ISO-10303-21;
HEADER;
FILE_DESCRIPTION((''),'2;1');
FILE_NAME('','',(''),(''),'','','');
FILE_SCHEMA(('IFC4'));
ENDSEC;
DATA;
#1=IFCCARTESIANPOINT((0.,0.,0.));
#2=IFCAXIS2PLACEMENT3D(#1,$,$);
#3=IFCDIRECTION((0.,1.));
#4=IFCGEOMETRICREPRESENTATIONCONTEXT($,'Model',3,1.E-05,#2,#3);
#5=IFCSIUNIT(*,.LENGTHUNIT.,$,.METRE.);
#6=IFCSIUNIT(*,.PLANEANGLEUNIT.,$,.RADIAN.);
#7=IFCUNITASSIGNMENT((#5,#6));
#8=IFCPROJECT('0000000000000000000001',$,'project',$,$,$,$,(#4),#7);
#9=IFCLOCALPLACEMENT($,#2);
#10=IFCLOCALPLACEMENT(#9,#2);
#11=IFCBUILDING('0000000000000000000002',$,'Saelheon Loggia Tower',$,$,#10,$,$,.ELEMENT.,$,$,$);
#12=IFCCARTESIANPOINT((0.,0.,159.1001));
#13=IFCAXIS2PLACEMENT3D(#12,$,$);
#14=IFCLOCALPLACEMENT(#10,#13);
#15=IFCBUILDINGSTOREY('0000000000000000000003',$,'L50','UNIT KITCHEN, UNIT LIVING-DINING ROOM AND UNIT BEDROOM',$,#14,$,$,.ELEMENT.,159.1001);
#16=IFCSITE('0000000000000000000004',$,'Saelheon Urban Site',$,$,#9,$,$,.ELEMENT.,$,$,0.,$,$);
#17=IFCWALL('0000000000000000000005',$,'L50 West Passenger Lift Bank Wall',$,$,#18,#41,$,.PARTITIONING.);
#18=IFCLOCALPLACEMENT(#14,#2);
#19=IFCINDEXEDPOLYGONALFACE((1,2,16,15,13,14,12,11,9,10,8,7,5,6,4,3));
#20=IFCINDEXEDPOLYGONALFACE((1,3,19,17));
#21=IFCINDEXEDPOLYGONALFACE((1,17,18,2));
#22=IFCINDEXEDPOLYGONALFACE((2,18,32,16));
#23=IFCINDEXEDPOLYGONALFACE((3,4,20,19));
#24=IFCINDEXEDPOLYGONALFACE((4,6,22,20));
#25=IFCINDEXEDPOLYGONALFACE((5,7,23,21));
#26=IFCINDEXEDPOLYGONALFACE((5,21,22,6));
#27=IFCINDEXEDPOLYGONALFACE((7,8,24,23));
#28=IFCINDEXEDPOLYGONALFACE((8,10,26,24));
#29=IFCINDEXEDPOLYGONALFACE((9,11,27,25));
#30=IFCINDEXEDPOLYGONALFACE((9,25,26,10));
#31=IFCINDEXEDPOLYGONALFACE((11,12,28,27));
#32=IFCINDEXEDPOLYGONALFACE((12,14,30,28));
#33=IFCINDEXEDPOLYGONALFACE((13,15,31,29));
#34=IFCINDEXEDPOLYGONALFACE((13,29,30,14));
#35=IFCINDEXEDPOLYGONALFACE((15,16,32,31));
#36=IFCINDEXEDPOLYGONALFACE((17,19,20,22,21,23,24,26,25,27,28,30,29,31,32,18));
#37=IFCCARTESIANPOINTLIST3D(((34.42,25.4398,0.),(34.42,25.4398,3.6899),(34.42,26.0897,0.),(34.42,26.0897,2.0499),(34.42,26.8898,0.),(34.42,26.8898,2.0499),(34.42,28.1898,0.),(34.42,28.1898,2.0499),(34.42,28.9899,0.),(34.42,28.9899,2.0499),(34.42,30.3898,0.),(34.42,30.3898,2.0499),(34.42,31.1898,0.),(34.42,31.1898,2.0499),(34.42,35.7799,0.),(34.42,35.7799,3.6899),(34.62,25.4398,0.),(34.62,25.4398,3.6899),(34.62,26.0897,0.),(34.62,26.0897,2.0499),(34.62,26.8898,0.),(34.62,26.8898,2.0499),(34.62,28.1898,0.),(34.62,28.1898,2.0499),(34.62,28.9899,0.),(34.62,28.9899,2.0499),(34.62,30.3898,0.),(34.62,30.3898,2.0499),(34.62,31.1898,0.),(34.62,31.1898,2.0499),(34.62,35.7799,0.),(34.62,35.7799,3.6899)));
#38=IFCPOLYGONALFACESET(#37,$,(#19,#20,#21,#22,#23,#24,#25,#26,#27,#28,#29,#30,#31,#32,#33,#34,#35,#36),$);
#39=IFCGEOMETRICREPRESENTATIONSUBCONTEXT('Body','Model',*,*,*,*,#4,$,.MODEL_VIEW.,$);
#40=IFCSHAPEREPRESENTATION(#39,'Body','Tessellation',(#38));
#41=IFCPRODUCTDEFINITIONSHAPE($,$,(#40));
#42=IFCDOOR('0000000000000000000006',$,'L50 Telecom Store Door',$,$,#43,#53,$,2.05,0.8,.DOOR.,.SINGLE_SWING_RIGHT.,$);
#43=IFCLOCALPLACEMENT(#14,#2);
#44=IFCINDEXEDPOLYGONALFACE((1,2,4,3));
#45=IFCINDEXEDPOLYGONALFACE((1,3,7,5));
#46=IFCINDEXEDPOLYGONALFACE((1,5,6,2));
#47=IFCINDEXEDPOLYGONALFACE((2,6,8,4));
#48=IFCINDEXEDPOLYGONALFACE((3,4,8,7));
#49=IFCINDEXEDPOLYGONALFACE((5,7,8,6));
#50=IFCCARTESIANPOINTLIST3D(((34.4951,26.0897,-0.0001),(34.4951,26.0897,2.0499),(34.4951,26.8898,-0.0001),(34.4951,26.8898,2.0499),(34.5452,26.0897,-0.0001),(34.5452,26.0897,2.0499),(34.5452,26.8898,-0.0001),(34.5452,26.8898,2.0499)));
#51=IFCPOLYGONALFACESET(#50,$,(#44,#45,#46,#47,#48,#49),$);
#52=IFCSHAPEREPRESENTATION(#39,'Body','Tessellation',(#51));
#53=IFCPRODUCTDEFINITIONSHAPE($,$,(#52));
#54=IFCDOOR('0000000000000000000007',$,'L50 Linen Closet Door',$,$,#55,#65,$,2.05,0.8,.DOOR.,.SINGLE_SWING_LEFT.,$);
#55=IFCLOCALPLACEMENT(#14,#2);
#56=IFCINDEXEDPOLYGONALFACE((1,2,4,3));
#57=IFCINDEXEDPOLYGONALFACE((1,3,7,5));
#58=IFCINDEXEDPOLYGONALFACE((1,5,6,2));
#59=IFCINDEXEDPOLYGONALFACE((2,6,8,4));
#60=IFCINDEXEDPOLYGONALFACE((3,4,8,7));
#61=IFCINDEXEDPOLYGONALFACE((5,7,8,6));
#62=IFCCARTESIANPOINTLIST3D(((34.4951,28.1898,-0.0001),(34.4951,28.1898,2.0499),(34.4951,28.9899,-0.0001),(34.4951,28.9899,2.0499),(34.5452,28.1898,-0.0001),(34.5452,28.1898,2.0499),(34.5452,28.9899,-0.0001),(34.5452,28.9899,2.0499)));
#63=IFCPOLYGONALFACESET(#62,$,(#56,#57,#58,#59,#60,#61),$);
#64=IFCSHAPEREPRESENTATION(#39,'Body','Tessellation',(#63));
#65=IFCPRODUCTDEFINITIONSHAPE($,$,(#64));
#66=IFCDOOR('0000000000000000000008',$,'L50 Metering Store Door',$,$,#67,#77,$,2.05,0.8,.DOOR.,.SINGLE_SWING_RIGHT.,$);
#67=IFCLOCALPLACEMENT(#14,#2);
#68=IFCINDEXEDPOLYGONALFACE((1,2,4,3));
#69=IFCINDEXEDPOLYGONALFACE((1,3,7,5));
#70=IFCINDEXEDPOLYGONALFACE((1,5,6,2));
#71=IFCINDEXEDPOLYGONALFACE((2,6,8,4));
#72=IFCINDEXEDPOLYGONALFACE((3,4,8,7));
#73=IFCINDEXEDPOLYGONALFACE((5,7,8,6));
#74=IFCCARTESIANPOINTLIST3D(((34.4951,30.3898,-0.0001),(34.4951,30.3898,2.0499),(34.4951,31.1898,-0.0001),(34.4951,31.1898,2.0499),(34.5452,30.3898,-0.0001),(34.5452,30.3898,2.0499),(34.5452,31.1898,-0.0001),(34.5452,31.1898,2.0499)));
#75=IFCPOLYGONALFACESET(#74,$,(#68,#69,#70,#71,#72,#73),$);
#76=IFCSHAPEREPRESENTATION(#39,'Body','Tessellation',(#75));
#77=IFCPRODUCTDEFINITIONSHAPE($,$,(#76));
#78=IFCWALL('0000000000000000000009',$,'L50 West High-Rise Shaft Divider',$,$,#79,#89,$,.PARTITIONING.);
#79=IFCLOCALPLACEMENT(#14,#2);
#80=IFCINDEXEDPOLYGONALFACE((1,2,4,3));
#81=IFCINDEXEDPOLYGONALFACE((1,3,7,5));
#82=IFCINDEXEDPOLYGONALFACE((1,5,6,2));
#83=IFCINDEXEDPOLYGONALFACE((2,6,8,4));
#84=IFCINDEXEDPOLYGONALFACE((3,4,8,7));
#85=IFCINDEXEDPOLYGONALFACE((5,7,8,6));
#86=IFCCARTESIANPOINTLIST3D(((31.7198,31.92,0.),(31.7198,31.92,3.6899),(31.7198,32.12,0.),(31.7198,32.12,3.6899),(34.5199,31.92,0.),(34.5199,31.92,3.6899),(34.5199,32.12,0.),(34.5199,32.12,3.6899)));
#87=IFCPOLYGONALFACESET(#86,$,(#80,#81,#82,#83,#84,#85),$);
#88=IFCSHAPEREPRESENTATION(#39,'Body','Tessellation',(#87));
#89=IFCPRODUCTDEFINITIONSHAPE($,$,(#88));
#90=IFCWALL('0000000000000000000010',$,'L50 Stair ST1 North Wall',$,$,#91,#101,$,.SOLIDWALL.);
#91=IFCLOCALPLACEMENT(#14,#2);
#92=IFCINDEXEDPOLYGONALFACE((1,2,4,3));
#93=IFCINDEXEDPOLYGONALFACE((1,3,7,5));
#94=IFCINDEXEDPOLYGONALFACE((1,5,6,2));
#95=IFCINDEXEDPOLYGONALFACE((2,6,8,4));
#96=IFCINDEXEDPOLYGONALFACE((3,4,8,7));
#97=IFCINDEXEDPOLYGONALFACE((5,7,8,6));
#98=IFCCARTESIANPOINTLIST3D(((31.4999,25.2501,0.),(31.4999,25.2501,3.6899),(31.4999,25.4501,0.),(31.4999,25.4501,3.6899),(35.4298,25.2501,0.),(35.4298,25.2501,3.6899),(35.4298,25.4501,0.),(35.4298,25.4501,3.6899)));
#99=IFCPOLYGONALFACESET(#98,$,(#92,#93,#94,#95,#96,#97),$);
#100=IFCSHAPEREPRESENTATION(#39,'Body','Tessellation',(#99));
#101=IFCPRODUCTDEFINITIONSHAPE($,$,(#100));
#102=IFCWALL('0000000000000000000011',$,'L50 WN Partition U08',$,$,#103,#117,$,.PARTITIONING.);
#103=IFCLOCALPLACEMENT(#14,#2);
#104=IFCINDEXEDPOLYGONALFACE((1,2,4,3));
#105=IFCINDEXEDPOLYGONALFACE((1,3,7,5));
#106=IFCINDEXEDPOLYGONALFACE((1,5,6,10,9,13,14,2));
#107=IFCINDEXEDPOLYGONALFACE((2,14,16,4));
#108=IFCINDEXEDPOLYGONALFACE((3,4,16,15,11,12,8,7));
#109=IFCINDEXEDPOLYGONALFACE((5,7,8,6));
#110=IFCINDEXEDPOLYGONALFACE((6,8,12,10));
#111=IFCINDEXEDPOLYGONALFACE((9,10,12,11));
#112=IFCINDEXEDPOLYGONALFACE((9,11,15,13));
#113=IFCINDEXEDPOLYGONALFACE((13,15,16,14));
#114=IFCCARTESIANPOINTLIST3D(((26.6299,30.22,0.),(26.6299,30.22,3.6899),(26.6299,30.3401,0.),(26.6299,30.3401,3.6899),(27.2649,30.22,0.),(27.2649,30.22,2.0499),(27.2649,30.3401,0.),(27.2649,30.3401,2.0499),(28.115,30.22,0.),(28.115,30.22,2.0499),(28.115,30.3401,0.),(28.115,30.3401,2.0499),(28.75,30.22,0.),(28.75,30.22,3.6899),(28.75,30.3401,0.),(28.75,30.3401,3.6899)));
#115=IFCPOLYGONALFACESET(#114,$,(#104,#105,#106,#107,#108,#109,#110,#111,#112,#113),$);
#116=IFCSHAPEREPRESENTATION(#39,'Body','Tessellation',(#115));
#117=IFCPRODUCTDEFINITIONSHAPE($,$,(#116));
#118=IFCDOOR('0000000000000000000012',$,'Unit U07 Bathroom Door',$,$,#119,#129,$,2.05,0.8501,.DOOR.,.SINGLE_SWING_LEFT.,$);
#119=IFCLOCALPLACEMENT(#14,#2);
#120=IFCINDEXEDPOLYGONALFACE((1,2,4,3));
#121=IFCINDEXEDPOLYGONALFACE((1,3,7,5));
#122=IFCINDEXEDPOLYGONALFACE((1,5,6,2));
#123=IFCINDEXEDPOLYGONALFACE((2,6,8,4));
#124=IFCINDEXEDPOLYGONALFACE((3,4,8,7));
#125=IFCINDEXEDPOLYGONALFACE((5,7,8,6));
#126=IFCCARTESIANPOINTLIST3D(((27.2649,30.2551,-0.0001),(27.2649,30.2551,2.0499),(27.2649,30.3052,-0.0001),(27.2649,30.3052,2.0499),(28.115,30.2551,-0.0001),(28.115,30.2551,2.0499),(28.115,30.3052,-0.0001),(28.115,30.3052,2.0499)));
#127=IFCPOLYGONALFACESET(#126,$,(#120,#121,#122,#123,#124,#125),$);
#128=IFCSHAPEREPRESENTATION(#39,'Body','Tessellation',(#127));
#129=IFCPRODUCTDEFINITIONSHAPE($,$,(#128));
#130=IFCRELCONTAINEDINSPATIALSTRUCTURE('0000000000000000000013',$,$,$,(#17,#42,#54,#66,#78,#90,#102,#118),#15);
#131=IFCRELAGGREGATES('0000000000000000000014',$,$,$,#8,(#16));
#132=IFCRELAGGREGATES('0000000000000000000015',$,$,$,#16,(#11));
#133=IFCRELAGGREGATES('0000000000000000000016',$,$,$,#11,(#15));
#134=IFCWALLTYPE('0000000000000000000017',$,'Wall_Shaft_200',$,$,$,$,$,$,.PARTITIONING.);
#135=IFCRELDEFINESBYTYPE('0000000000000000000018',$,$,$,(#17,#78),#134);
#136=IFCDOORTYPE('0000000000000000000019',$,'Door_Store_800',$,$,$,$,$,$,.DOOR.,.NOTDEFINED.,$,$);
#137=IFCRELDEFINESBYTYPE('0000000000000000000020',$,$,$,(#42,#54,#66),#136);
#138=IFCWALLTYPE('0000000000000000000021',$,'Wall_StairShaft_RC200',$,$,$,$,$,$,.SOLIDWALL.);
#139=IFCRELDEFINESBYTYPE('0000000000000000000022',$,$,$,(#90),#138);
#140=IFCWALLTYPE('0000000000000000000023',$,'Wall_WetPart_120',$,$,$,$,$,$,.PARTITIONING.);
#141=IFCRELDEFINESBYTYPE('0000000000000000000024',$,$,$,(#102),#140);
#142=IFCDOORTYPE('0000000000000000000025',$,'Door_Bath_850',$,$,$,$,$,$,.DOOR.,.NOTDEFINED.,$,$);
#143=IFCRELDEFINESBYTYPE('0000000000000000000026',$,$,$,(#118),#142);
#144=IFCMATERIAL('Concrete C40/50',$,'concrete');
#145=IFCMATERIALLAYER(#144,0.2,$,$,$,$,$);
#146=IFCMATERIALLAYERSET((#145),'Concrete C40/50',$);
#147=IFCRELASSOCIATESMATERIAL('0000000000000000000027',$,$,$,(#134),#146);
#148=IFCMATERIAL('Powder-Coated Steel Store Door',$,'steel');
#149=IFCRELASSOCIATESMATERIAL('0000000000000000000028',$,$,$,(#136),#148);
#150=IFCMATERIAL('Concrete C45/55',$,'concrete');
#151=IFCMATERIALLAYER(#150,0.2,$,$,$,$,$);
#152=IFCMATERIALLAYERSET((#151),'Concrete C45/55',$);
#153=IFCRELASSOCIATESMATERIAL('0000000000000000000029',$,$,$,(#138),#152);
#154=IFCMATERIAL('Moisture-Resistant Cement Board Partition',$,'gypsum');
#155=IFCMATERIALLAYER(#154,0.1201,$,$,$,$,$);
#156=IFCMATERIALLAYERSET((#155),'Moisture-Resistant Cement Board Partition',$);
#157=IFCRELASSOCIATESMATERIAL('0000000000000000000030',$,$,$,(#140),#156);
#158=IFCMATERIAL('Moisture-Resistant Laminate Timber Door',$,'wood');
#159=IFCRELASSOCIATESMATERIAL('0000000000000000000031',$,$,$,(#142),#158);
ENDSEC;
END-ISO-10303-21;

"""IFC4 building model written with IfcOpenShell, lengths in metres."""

from ifc_helpers import new_model, si_unit, direction, frame, frame_2d, origin, place, context, subcontext, project, spatial, rectangle, extrude, source, transform, mapped, material, layer, layer_set, type_object, element, fill, save


model = new_model("IFC4")

# Units and contexts
model_context = context("Model", 3, precision=1e-05, world=origin(), true_north=direction((0.0, 1.0)))
body_context = subcontext(model_context, "Body", "Model", "MODEL_VIEW")
ifc_project = project(units=[si_unit("LENGTHUNIT", "METRE"), si_unit("PLANEANGLEUNIT", "RADIAN")], contexts=[model_context])

# Site, building, storey
site_placement = place(None, origin())
site = spatial("IfcSite", under=ifc_project, at=site_placement, Name="Saelheon Urban Site", CompositionType="ELEMENT", RefElevation=0.0)
building_placement = place(site_placement, origin())
building = spatial("IfcBuilding", under=site, at=building_placement, Name="Saelheon Loggia Tower", CompositionType="ELEMENT")
storey_placement = place(building_placement, frame((0.0, 0.0, 159.1001)))
storey = spatial("IfcBuildingStorey", under=building, at=storey_placement, Name="L50", Description="UNIT KITCHEN, UNIT LIVING-DINING ROOM AND UNIT BEDROOM", CompositionType="ELEMENT", Elevation=159.1001)

# Wall, openings, doors
ifc_material_1 = material(Name="Concrete C40/50", Category="concrete")
ifc_layer_1 = layer(ifc_material_1, 0.2)
ifc_layer_set_1 = layer_set([ifc_layer_1], Name="Concrete C40/50")
wall_type_1 = type_object("IfcWallType", Name="Wall_Shaft_200", PredefinedType="PARTITIONING", material=ifc_layer_set_1)
wall_1_placement = place(storey_placement, frame((34.52, 25.4399, 0.0), z_axis=(0.0, 0.0, 1.0), x_axis=(0.0, 1.0, 0.0)))
wall_1 = element("IfcWall", 1, at=wall_1_placement, inside=storey, type_object=wall_type_1, Name="L50 West Passenger Lift Bank Wall", PredefinedType="PARTITIONING", context=body_context, shape_type="SweptSolid", body=[
    extrude(rectangle(XDim=10.3401, YDim=0.2, at=frame_2d((5.1699, 0.0))), origin(), (0.0, 0.0, 1.0), 3.6899),
])
opening_1_placement = place(wall_1_placement, frame((0.6499, 0.0, 0.0)))
opening_1 = element("IfcOpeningElement", 2, at=opening_1_placement, cuts=wall_1, PredefinedType="OPENING", context=body_context, shape_type="SweptSolid", body=[
    extrude(rectangle(XDim=0.8, YDim=2.05, at=frame_2d((0.3999, 1.0249))), frame((0.0, 0.1121, 0.0), z_axis=(0.0, -1.0, 0.0), x_axis=(1.0, 0.0, 0.0)), (0.0, 0.0, 1.0), 0.2239),
])
opening_2_placement = place(wall_1_placement, frame((2.75, 0.0, 0.0)))
opening_2 = element("IfcOpeningElement", 3, at=opening_2_placement, cuts=wall_1, PredefinedType="OPENING", context=body_context, shape_type="SweptSolid", body=[
    extrude(rectangle(XDim=0.8, YDim=2.05, at=frame_2d((0.3999, 1.0249))), frame((0.0, 0.1121, 0.0), z_axis=(0.0, -1.0, 0.0), x_axis=(1.0, 0.0, 0.0)), (0.0, 0.0, 1.0), 0.2239),
])
opening_3_placement = place(wall_1_placement, frame((4.95, 0.0, 0.0)))
opening_3 = element("IfcOpeningElement", 4, at=opening_3_placement, cuts=wall_1, PredefinedType="OPENING", context=body_context, shape_type="SweptSolid", body=[
    extrude(rectangle(XDim=0.8, YDim=2.05, at=frame_2d((0.3999, 1.0249))), frame((0.0, 0.1121, 0.0), z_axis=(0.0, -1.0, 0.0), x_axis=(1.0, 0.0, 0.0)), (0.0, 0.0, 1.0), 0.2239),
])
ifc_material_2 = material(Name="Powder-Coated Steel Store Door", Category="steel")
door_type_1 = type_object("IfcDoorType", Name="Door_Store_800", OperationType="NOTDEFINED", PredefinedType="DOOR", material=ifc_material_2)
shared_shape_1 = source(origin(), body_context, "Body", "SweptSolid", [
    extrude(rectangle(XDim=0.8, YDim=2.05, at=frame_2d((0.3999, 1.0249))), frame((0.0, 0.0249, 0.0), z_axis=(0.0, -1.0, 0.0), x_axis=(1.0, 0.0, 0.0)), (0.0, 0.0, 1.0), 0.05),
])
door_1_placement = place(opening_1_placement, origin())
door_1 = element("IfcDoor", 5, at=door_1_placement, inside=storey, type_object=door_type_1, Name="L50 Telecom Store Door", OperationType="SINGLE_SWING_RIGHT", OverallHeight=2.05, OverallWidth=0.8, PredefinedType="DOOR", context=body_context, shape_type="MappedRepresentation", body=[
    mapped(shared_shape_1, transform((0.0, 0.0, 0.0), scale=1.0)),
])
fill(opening_1, door_1)
door_2_placement = place(opening_2_placement, origin())
door_2 = element("IfcDoor", 6, at=door_2_placement, inside=storey, type_object=door_type_1, Name="L50 Linen Closet Door", OperationType="SINGLE_SWING_LEFT", OverallHeight=2.05, OverallWidth=0.8, PredefinedType="DOOR", context=body_context, shape_type="MappedRepresentation", body=[
    mapped(shared_shape_1, transform((0.0, 0.0, 0.0), scale=1.0)),
])
fill(opening_2, door_2)
door_3_placement = place(opening_3_placement, origin())
door_3 = element("IfcDoor", 7, at=door_3_placement, inside=storey, type_object=door_type_1, Name="L50 Metering Store Door", OperationType="SINGLE_SWING_RIGHT", OverallHeight=2.05, OverallWidth=0.8, PredefinedType="DOOR", context=body_context, shape_type="MappedRepresentation", body=[
    mapped(shared_shape_1, transform((0.0, 0.0, 0.0), scale=1.0)),
])
fill(opening_3, door_3)

# Walls
wall_2_placement = place(storey_placement, frame((31.72, 32.02, 0.0), z_axis=(0.0, 0.0, 1.0), x_axis=(1.0, 0.0, 0.0)))
element("IfcWall", 8, at=wall_2_placement, inside=storey, type_object=wall_type_1, Name="L50 West High-Rise Shaft Divider", PredefinedType="PARTITIONING", context=body_context, shape_type="SweptSolid", body=[
    extrude(rectangle(XDim=2.8, YDim=0.2, at=frame_2d((1.3999, 0.0))), origin(), (0.0, 0.0, 1.0), 3.6899),
])
ifc_material_3 = material(Name="Concrete C45/55", Category="concrete")
ifc_layer_2 = layer(ifc_material_3, 0.2)
ifc_layer_set_2 = layer_set([ifc_layer_2], Name="Concrete C45/55")
wall_type_2 = type_object("IfcWallType", Name="Wall_StairShaft_RC200", PredefinedType="SOLIDWALL", material=ifc_layer_set_2)
wall_3_placement = place(storey_placement, frame((31.5, 25.3501, 0.0), z_axis=(0.0, 0.0, 1.0), x_axis=(1.0, 0.0, 0.0)))
element("IfcWall", 9, at=wall_3_placement, inside=storey, type_object=wall_type_2, Name="L50 Stair ST1 North Wall", PredefinedType="SOLIDWALL", context=body_context, shape_type="SweptSolid", body=[
    extrude(rectangle(XDim=3.9299, YDim=0.2, at=frame_2d((1.9648, 0.0))), origin(), (0.0, 0.0, 1.0), 3.6899),
])

# Wall, opening, door
ifc_material_4 = material(Name="Moisture-Resistant Cement Board Partition", Category="gypsum")
ifc_layer_3 = layer(ifc_material_4, 0.1201)
ifc_layer_set_3 = layer_set([ifc_layer_3], Name="Moisture-Resistant Cement Board Partition")
wall_type_3 = type_object("IfcWallType", Name="Wall_WetPart_120", PredefinedType="PARTITIONING", material=ifc_layer_set_3)
wall_4_placement = place(storey_placement, frame((28.75, 30.28, 0.0), z_axis=(0.0, 0.0, 1.0), x_axis=(-1.0, 0.0, 0.0)))
wall_4 = element("IfcWall", 10, at=wall_4_placement, inside=storey, type_object=wall_type_3, Name="L50 WN Partition U08", PredefinedType="PARTITIONING", context=body_context, shape_type="SweptSolid", body=[
    extrude(rectangle(XDim=2.1201, YDim=0.1201, at=frame_2d((1.0601, 0.0))), origin(), (0.0, 0.0, 1.0), 3.6899),
])
opening_4_placement = place(wall_4_placement, frame((0.635, 0.0, 0.0)))
opening_4 = element("IfcOpeningElement", 11, at=opening_4_placement, cuts=wall_4, PredefinedType="OPENING", context=body_context, shape_type="SweptSolid", body=[
    extrude(rectangle(XDim=0.8501, YDim=2.05, at=frame_2d((0.425, 1.0249))), frame((0.0, 0.072, 0.0), z_axis=(0.0, -1.0, 0.0), x_axis=(1.0, 0.0, 0.0)), (0.0, 0.0, 1.0), 0.144),
])
ifc_material_5 = material(Name="Moisture-Resistant Laminate Timber Door", Category="wood")
door_type_2 = type_object("IfcDoorType", Name="Door_Bath_850", OperationType="NOTDEFINED", PredefinedType="DOOR", material=ifc_material_5)
shared_shape_2 = source(origin(), body_context, "Body", "SweptSolid", [
    extrude(rectangle(XDim=0.8501, YDim=2.05, at=frame_2d((0.425, 1.0249))), frame((0.0, 0.0249, 0.0), z_axis=(0.0, -1.0, 0.0), x_axis=(1.0, 0.0, 0.0)), (0.0, 0.0, 1.0), 0.05),
])
door_4_placement = place(opening_4_placement, origin())
door_4 = element("IfcDoor", 12, at=door_4_placement, inside=storey, type_object=door_type_2, Name="Unit U07 Bathroom Door", OperationType="SINGLE_SWING_LEFT", OverallHeight=2.05, OverallWidth=0.8501, PredefinedType="DOOR", context=body_context, shape_type="MappedRepresentation", body=[
    mapped(shared_shape_2, transform((0.0, 0.0, 0.0), scale=1.0)),
])
fill(opening_4, door_4)

save(model, "model.ifc")
